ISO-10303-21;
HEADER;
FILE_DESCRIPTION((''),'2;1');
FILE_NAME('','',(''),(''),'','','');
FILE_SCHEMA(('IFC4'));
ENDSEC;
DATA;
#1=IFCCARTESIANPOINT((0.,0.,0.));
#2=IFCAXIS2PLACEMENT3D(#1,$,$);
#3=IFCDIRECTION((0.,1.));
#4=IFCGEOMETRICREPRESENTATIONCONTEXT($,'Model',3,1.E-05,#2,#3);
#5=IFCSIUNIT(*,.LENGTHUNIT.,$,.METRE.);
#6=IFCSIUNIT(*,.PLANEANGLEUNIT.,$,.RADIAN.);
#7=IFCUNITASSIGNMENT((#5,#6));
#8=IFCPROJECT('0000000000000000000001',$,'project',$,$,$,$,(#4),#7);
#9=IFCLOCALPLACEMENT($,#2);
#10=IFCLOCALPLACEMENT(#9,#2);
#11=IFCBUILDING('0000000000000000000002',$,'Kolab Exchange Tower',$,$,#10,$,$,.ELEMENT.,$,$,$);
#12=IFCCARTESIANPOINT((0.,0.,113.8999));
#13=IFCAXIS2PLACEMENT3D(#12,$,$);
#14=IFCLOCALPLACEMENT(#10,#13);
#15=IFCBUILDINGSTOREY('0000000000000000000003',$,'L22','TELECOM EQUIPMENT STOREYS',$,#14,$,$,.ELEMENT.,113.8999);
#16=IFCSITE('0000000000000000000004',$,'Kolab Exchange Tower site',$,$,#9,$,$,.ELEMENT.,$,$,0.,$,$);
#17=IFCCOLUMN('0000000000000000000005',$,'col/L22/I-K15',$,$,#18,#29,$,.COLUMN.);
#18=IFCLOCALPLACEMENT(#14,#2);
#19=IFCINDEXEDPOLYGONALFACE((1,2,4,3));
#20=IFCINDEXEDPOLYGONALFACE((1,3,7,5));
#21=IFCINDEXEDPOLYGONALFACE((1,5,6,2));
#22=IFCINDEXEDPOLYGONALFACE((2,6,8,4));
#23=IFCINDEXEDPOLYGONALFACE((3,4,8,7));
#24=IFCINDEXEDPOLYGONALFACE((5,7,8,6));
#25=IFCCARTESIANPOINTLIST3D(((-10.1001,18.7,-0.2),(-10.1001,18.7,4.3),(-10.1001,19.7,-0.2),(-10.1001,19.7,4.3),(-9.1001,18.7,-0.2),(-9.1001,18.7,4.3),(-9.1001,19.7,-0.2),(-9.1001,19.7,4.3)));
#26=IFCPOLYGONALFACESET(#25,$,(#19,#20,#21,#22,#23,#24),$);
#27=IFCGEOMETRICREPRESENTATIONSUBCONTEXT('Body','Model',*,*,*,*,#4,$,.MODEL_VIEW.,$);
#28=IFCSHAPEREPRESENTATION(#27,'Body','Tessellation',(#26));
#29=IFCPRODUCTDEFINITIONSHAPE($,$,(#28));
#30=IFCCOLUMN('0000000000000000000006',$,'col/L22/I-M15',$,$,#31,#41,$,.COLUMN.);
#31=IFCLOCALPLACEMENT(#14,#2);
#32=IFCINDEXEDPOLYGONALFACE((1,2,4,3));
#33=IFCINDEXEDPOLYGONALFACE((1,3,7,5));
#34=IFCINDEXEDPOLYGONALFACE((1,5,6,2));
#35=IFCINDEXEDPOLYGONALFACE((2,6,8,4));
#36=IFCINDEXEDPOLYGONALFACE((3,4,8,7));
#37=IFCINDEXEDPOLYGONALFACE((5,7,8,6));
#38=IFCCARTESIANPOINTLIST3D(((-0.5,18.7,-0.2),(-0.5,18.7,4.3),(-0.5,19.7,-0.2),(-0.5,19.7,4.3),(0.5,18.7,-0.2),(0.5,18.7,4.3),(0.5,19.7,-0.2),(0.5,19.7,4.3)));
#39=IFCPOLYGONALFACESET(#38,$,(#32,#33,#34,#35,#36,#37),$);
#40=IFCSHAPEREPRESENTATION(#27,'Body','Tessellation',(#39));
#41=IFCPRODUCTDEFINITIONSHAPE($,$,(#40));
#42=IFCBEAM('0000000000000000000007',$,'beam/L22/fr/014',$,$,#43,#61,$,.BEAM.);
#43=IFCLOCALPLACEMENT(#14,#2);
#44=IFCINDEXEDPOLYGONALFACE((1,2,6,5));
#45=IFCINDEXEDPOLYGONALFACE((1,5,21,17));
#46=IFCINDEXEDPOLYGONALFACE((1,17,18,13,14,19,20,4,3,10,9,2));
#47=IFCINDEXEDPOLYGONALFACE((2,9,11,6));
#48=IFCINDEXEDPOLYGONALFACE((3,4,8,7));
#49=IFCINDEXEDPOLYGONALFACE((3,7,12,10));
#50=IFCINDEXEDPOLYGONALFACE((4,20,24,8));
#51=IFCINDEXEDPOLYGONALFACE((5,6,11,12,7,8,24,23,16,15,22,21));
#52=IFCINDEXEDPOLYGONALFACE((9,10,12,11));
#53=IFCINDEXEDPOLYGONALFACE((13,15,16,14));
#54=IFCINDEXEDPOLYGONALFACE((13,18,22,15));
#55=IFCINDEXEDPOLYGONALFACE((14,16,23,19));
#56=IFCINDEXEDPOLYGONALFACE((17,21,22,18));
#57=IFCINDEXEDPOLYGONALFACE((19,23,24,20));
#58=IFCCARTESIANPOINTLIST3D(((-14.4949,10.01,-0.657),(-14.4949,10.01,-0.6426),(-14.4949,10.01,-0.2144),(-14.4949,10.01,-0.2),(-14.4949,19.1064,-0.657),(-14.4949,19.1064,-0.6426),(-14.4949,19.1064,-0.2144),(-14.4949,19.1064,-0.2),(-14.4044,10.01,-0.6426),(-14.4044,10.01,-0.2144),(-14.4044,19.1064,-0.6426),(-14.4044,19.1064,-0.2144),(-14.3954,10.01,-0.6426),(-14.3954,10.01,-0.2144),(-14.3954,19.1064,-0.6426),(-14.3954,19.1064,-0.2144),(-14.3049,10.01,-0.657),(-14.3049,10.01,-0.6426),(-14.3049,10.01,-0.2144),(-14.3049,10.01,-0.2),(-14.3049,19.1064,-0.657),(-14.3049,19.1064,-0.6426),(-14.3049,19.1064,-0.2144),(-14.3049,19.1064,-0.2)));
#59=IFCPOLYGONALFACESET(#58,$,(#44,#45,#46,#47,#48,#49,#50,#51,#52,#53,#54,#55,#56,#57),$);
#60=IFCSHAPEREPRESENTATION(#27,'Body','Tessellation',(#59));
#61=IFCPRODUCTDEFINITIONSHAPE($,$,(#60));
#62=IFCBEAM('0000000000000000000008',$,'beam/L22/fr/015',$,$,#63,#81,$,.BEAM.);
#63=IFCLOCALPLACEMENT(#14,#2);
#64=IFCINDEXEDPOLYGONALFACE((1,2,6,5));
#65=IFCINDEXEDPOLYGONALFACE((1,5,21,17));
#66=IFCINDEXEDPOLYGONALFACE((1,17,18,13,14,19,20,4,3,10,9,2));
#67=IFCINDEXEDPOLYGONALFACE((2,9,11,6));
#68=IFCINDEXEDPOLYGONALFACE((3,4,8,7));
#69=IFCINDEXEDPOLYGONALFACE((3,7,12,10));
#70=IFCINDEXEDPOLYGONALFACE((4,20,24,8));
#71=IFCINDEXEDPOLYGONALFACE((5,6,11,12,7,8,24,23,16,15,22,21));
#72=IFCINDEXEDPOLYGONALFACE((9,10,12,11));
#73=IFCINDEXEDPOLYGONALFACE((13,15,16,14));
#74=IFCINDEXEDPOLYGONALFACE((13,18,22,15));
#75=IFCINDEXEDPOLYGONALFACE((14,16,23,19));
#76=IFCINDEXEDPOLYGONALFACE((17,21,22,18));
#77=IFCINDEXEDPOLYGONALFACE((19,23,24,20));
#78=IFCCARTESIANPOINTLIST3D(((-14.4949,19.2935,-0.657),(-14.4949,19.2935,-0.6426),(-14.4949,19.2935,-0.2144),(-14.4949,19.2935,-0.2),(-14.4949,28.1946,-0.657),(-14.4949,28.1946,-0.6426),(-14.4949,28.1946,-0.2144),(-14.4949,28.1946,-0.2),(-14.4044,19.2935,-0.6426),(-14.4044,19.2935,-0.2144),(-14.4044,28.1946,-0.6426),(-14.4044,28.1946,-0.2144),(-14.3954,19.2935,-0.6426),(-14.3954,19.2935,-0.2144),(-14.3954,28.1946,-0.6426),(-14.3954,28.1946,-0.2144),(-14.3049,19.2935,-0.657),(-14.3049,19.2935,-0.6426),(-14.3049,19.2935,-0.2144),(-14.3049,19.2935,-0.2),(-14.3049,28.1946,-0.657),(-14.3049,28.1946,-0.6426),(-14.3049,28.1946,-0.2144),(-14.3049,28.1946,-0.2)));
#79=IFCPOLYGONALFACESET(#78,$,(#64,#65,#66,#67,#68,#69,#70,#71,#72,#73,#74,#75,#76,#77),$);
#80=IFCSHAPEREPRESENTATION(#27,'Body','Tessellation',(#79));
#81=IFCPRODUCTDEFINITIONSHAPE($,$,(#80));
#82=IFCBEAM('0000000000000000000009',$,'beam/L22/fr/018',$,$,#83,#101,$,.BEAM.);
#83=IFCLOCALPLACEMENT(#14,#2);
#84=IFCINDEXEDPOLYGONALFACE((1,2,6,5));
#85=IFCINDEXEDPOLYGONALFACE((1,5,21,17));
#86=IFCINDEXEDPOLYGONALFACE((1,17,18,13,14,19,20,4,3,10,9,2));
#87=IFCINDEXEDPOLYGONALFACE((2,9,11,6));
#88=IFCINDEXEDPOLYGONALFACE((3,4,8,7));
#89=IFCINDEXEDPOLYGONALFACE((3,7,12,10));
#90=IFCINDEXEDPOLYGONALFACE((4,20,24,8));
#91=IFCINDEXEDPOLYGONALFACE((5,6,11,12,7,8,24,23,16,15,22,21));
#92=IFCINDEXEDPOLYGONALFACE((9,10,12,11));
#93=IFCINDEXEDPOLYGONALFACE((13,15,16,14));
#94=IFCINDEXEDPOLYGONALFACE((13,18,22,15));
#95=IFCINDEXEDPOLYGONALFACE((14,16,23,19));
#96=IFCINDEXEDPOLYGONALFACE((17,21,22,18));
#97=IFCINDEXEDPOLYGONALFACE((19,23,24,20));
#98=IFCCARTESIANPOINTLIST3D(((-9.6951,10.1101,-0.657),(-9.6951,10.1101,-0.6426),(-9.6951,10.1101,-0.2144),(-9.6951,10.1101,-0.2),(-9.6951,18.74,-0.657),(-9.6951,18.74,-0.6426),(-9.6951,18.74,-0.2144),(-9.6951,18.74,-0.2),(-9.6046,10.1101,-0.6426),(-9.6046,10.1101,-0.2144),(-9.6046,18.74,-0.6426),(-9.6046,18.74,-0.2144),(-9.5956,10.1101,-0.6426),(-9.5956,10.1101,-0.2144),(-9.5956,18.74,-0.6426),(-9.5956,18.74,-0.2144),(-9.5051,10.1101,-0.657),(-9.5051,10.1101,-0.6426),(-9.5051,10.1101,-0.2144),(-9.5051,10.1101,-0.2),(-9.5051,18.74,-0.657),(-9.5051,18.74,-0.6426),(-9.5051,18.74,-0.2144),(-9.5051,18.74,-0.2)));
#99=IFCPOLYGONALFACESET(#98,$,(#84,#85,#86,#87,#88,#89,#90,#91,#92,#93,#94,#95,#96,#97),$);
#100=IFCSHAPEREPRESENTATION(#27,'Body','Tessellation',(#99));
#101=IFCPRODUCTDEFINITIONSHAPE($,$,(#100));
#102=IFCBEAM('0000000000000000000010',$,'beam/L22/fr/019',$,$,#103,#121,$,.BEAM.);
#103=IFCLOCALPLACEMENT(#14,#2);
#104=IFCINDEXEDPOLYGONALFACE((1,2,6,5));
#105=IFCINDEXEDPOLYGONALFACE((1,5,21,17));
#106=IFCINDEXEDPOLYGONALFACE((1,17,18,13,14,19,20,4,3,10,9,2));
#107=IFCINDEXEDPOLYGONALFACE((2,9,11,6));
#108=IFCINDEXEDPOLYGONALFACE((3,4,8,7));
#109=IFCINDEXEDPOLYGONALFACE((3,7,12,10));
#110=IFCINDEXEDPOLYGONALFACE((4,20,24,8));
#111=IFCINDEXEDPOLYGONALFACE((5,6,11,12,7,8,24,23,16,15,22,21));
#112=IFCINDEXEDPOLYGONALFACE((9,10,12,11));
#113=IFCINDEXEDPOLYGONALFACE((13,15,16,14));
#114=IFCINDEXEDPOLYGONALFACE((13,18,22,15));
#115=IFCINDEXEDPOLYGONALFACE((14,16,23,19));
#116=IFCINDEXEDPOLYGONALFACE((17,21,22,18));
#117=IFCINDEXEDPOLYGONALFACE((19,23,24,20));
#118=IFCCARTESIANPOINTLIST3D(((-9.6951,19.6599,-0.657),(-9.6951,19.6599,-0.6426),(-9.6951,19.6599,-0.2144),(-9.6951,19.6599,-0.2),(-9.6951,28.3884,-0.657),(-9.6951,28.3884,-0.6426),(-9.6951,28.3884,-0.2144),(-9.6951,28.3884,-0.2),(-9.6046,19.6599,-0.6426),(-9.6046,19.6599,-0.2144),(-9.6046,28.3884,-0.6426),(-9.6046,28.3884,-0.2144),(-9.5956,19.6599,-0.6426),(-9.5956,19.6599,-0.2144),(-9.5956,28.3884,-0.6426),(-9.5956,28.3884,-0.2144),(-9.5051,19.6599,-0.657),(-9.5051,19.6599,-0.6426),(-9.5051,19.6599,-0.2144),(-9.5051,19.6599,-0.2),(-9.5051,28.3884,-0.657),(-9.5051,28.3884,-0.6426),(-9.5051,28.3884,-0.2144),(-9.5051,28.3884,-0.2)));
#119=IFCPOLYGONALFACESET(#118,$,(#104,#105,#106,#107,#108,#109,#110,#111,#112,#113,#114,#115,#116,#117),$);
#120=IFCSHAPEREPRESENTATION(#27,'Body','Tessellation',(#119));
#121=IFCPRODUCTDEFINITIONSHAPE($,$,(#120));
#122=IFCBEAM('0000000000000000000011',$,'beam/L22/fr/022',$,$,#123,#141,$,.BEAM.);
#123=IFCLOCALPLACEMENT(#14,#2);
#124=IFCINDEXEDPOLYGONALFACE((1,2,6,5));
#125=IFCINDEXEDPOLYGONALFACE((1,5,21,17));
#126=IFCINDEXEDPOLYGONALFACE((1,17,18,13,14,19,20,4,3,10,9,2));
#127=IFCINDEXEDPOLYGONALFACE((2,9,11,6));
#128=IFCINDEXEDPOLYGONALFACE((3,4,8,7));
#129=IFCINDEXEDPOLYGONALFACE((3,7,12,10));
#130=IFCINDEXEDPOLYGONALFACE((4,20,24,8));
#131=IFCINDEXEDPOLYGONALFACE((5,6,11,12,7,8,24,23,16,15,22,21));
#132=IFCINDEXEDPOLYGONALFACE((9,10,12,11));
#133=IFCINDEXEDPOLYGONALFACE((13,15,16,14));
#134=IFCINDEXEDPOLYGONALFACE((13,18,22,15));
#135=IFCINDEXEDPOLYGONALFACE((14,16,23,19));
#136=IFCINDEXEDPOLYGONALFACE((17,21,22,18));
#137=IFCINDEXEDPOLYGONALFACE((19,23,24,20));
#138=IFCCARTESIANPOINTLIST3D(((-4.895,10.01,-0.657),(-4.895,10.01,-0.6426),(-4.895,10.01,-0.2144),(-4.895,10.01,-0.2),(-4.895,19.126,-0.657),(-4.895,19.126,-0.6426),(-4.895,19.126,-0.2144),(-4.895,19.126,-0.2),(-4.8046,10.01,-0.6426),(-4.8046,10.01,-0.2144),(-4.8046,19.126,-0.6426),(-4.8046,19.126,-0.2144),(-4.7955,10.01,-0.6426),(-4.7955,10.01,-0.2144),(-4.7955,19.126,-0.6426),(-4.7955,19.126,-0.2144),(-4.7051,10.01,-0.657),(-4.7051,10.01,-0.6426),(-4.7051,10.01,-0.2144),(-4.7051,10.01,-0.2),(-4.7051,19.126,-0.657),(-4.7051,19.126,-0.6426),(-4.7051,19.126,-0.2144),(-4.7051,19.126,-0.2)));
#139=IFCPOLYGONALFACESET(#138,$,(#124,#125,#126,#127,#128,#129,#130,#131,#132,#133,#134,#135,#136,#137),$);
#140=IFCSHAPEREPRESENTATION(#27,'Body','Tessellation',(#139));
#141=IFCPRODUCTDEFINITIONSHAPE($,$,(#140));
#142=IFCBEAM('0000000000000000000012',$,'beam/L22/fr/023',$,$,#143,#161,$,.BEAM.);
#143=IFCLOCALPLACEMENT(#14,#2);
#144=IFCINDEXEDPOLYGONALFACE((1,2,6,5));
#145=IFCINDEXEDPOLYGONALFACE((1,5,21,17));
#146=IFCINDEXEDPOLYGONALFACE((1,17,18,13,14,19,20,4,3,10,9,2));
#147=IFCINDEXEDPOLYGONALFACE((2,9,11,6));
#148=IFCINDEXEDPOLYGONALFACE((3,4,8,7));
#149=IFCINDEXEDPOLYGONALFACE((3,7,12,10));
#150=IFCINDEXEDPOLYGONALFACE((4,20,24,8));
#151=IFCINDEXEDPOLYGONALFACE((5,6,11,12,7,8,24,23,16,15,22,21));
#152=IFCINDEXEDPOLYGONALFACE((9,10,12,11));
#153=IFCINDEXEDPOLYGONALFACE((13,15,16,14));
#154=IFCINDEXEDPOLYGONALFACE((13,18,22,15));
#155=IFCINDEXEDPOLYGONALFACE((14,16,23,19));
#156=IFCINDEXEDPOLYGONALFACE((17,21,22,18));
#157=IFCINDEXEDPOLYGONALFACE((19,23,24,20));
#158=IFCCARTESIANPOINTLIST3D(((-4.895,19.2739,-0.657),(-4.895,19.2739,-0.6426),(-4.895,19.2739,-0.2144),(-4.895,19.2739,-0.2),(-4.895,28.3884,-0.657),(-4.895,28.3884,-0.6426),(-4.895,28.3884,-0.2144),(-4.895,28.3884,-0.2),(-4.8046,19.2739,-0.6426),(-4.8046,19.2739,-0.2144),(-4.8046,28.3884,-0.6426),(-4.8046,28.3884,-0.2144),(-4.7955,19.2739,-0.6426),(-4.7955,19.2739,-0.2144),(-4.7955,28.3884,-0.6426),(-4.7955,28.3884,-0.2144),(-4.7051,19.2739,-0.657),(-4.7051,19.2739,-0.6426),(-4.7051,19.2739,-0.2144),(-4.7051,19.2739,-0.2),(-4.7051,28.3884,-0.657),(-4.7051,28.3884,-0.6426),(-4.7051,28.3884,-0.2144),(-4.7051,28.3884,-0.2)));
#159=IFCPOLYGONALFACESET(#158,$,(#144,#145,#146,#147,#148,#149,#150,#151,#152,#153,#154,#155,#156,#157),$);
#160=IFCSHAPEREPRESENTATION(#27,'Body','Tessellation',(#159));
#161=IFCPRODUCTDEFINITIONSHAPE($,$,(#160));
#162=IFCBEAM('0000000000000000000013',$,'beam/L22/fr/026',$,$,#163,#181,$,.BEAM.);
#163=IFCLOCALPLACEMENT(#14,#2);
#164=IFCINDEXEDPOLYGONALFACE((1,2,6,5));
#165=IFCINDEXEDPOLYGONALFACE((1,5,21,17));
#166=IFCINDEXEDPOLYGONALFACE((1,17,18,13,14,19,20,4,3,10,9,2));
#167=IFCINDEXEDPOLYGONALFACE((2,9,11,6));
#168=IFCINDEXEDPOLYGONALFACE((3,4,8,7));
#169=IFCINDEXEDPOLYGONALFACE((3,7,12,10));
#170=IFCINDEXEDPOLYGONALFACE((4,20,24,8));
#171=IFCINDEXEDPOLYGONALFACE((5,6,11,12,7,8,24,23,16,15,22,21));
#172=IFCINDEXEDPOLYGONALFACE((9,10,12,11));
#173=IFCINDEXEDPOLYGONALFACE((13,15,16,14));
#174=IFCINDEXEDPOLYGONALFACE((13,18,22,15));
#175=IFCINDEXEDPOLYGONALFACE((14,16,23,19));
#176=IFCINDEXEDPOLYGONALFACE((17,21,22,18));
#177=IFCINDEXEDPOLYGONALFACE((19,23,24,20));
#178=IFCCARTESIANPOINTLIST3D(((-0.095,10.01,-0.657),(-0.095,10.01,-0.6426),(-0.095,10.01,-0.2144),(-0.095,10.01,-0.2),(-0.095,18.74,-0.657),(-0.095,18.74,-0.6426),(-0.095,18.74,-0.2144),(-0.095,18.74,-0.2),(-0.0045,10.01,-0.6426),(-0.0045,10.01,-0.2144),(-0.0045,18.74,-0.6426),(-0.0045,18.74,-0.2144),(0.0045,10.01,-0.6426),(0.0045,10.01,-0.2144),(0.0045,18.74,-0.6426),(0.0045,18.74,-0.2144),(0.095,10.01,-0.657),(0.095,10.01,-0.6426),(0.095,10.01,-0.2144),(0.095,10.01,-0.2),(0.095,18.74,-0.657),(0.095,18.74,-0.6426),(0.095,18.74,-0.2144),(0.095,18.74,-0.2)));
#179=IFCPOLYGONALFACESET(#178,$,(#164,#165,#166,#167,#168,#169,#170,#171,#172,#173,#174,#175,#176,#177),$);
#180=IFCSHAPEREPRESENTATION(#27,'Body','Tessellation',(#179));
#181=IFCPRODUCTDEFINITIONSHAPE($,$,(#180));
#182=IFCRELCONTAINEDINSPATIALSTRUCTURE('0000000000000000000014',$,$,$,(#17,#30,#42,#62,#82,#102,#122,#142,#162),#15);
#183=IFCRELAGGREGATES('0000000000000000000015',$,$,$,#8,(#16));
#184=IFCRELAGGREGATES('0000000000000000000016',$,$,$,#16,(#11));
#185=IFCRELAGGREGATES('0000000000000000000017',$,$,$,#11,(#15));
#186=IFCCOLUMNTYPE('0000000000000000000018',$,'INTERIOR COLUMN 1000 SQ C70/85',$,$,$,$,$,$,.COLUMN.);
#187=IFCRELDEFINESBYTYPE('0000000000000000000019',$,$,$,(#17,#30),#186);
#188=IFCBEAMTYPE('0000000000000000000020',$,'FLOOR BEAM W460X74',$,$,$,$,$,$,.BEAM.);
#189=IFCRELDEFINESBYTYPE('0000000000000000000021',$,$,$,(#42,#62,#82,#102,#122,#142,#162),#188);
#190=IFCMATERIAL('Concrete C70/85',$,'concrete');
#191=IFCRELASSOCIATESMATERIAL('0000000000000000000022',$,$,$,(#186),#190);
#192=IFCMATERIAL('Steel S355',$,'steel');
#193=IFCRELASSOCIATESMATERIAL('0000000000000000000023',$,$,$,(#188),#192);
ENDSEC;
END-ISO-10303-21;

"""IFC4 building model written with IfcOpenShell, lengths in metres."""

from ifc_helpers import new_model, si_unit, direction, frame, origin, origin_2d, place, context, subcontext, project, spatial, rectangle, i_section, extrude, material, material_profile, profile_set, type_object, element, save


model = new_model("IFC4")

# Units and contexts
model_context = context("Model", 3, precision=1e-05, world=origin(), true_north=direction((0.0, 1.0)))
body_context = subcontext(model_context, "Body", "Model", "MODEL_VIEW")
ifc_project = project(units=[si_unit("LENGTHUNIT", "METRE"), si_unit("PLANEANGLEUNIT", "RADIAN")], contexts=[model_context])

# Site, building, storey
site_placement = place(None, origin())
site = spatial("IfcSite", under=ifc_project, at=site_placement, Name="Kolab Exchange Tower site", CompositionType="ELEMENT", RefElevation=0.0)
building_placement = place(site_placement, origin())
building = spatial("IfcBuilding", under=site, at=building_placement, Name="Kolab Exchange Tower", CompositionType="ELEMENT")
storey_placement = place(building_placement, frame((0.0, 0.0, 113.8999)))
storey = spatial("IfcBuildingStorey", under=building, at=storey_placement, Name="L22", Description="TELECOM EQUIPMENT STOREYS", CompositionType="ELEMENT", Elevation=113.8999)

# Columns
ifc_material_1 = material(Name="Concrete C70/85", Category="concrete")
ifc_material_profile_1 = material_profile(ifc_material_1, rectangle(XDim=1.0, YDim=1.0, at=origin_2d()), Name="RC1000")
ifc_profile_set_1 = profile_set([ifc_material_profile_1], Name="Concrete C70/85")
column_type = type_object("IfcColumnType", Name="INTERIOR COLUMN 1000 SQ C70/85", PredefinedType="COLUMN", material=ifc_profile_set_1)
for number, where, z_axis, x_axis, name in (
    (1, (-9.6001, 19.2, -0.2), (0.0, 0.0, 1.0), (1.0, 0.0, 0.0), "col/L22/I-K15"),
    (2, (0.0, 19.2, -0.2), (0.0, 0.0, 1.0), (1.0, 0.0, 0.0), "col/L22/I-M15"),
):
    element("IfcColumn", number, at=place(storey_placement, frame(where, z_axis=z_axis, x_axis=x_axis)), inside=storey, type_object=column_type, Name=name, PredefinedType="COLUMN", context=body_context, shape_type="SweptSolid", body=[
        extrude(rectangle(XDim=1.0, YDim=1.0, at=origin_2d()), origin(), (0.0, 0.0, 1.0), 4.5),
    ])

# Beams
ifc_material_2 = material(Name="Steel S355", Category="steel")
ifc_material_profile_2 = material_profile(ifc_material_2, i_section(OverallWidth=0.1899, OverallDepth=0.457, WebThickness=0.009, FlangeThickness=0.0144, at=origin_2d()), Name="W460X74")
ifc_profile_set_2 = profile_set([ifc_material_profile_2], Name="Steel S355")
beam_type_1 = type_object("IfcBeamType", Name="FLOOR BEAM W460X74", PredefinedType="BEAM", material=ifc_profile_set_2)
beam_1_placement = place(storey_placement, frame((-14.3999, 10.01, -0.4285), z_axis=(0.0, 1.0, 0.0), x_axis=(-1.0, 0.0, 0.0)))
element("IfcBeam", 3, at=beam_1_placement, inside=storey, type_object=beam_type_1, Name="beam/L22/fr/014", PredefinedType="BEAM", context=body_context, shape_type="SweptSolid", body=[
    extrude(i_section(OverallWidth=0.1899, OverallDepth=0.457, WebThickness=0.009, FlangeThickness=0.0144, at=origin_2d()), origin(), (0.0, 0.0, 1.0), 9.0964),
])
beam_2_placement = place(storey_placement, frame((-14.3999, 19.2935, -0.4285), z_axis=(0.0, 1.0, 0.0), x_axis=(-1.0, 0.0, 0.0)))
element("IfcBeam", 4, at=beam_2_placement, inside=storey, type_object=beam_type_1, Name="beam/L22/fr/015", PredefinedType="BEAM", context=body_context, shape_type="SweptSolid", body=[
    extrude(i_section(OverallWidth=0.1899, OverallDepth=0.457, WebThickness=0.009, FlangeThickness=0.0144, at=origin_2d()), origin(), (0.0, 0.0, 1.0), 8.9011),
])
beam_3_placement = place(storey_placement, frame((-9.6001, 10.1101, -0.4285), z_axis=(0.0, 1.0, 0.0), x_axis=(-1.0, 0.0, 0.0)))
element("IfcBeam", 5, at=beam_3_placement, inside=storey, type_object=beam_type_1, Name="beam/L22/fr/018", PredefinedType="BEAM", context=body_context, shape_type="SweptSolid", body=[
    extrude(i_section(OverallWidth=0.1899, OverallDepth=0.457, WebThickness=0.009, FlangeThickness=0.0144, at=origin_2d()), origin(), (0.0, 0.0, 1.0), 8.6299),
])
beam_4_placement = place(storey_placement, frame((-9.6001, 19.6599, -0.4285), z_axis=(0.0, 1.0, 0.0), x_axis=(-1.0, 0.0, 0.0)))
element("IfcBeam", 6, at=beam_4_placement, inside=storey, type_object=beam_type_1, Name="beam/L22/fr/019", PredefinedType="BEAM", context=body_context, shape_type="SweptSolid", body=[
    extrude(i_section(OverallWidth=0.1899, OverallDepth=0.457, WebThickness=0.009, FlangeThickness=0.0144, at=origin_2d()), origin(), (0.0, 0.0, 1.0), 8.7285),
])
beam_5_placement = place(storey_placement, frame((-4.8, 10.01, -0.4285), z_axis=(0.0, 1.0, 0.0), x_axis=(-1.0, 0.0, 0.0)))
element("IfcBeam", 7, at=beam_5_placement, inside=storey, type_object=beam_type_1, Name="beam/L22/fr/022", PredefinedType="BEAM", context=body_context, shape_type="SweptSolid", body=[
    extrude(i_section(OverallWidth=0.1899, OverallDepth=0.457, WebThickness=0.009, FlangeThickness=0.0144, at=origin_2d()), origin(), (0.0, 0.0, 1.0), 9.116),
])
beam_6_placement = place(storey_placement, frame((-4.8, 19.2739, -0.4285), z_axis=(0.0, 1.0, 0.0), x_axis=(-1.0, 0.0, 0.0)))
element("IfcBeam", 8, at=beam_6_placement, inside=storey, type_object=beam_type_1, Name="beam/L22/fr/023", PredefinedType="BEAM", context=body_context, shape_type="SweptSolid", body=[
    extrude(i_section(OverallWidth=0.1899, OverallDepth=0.457, WebThickness=0.009, FlangeThickness=0.0144, at=origin_2d()), origin(), (0.0, 0.0, 1.0), 9.1145),
])
beam_7_placement = place(storey_placement, frame((0.0, 10.01, -0.4285), z_axis=(0.0, 1.0, 0.0), x_axis=(-1.0, 0.0, 0.0)))
element("IfcBeam", 9, at=beam_7_placement, inside=storey, type_object=beam_type_1, Name="beam/L22/fr/026", PredefinedType="BEAM", context=body_context, shape_type="SweptSolid", body=[
    extrude(i_section(OverallWidth=0.1899, OverallDepth=0.457, WebThickness=0.009, FlangeThickness=0.0144, at=origin_2d()), origin(), (0.0, 0.0, 1.0), 8.73),
])

save(model, "model.ifc")
